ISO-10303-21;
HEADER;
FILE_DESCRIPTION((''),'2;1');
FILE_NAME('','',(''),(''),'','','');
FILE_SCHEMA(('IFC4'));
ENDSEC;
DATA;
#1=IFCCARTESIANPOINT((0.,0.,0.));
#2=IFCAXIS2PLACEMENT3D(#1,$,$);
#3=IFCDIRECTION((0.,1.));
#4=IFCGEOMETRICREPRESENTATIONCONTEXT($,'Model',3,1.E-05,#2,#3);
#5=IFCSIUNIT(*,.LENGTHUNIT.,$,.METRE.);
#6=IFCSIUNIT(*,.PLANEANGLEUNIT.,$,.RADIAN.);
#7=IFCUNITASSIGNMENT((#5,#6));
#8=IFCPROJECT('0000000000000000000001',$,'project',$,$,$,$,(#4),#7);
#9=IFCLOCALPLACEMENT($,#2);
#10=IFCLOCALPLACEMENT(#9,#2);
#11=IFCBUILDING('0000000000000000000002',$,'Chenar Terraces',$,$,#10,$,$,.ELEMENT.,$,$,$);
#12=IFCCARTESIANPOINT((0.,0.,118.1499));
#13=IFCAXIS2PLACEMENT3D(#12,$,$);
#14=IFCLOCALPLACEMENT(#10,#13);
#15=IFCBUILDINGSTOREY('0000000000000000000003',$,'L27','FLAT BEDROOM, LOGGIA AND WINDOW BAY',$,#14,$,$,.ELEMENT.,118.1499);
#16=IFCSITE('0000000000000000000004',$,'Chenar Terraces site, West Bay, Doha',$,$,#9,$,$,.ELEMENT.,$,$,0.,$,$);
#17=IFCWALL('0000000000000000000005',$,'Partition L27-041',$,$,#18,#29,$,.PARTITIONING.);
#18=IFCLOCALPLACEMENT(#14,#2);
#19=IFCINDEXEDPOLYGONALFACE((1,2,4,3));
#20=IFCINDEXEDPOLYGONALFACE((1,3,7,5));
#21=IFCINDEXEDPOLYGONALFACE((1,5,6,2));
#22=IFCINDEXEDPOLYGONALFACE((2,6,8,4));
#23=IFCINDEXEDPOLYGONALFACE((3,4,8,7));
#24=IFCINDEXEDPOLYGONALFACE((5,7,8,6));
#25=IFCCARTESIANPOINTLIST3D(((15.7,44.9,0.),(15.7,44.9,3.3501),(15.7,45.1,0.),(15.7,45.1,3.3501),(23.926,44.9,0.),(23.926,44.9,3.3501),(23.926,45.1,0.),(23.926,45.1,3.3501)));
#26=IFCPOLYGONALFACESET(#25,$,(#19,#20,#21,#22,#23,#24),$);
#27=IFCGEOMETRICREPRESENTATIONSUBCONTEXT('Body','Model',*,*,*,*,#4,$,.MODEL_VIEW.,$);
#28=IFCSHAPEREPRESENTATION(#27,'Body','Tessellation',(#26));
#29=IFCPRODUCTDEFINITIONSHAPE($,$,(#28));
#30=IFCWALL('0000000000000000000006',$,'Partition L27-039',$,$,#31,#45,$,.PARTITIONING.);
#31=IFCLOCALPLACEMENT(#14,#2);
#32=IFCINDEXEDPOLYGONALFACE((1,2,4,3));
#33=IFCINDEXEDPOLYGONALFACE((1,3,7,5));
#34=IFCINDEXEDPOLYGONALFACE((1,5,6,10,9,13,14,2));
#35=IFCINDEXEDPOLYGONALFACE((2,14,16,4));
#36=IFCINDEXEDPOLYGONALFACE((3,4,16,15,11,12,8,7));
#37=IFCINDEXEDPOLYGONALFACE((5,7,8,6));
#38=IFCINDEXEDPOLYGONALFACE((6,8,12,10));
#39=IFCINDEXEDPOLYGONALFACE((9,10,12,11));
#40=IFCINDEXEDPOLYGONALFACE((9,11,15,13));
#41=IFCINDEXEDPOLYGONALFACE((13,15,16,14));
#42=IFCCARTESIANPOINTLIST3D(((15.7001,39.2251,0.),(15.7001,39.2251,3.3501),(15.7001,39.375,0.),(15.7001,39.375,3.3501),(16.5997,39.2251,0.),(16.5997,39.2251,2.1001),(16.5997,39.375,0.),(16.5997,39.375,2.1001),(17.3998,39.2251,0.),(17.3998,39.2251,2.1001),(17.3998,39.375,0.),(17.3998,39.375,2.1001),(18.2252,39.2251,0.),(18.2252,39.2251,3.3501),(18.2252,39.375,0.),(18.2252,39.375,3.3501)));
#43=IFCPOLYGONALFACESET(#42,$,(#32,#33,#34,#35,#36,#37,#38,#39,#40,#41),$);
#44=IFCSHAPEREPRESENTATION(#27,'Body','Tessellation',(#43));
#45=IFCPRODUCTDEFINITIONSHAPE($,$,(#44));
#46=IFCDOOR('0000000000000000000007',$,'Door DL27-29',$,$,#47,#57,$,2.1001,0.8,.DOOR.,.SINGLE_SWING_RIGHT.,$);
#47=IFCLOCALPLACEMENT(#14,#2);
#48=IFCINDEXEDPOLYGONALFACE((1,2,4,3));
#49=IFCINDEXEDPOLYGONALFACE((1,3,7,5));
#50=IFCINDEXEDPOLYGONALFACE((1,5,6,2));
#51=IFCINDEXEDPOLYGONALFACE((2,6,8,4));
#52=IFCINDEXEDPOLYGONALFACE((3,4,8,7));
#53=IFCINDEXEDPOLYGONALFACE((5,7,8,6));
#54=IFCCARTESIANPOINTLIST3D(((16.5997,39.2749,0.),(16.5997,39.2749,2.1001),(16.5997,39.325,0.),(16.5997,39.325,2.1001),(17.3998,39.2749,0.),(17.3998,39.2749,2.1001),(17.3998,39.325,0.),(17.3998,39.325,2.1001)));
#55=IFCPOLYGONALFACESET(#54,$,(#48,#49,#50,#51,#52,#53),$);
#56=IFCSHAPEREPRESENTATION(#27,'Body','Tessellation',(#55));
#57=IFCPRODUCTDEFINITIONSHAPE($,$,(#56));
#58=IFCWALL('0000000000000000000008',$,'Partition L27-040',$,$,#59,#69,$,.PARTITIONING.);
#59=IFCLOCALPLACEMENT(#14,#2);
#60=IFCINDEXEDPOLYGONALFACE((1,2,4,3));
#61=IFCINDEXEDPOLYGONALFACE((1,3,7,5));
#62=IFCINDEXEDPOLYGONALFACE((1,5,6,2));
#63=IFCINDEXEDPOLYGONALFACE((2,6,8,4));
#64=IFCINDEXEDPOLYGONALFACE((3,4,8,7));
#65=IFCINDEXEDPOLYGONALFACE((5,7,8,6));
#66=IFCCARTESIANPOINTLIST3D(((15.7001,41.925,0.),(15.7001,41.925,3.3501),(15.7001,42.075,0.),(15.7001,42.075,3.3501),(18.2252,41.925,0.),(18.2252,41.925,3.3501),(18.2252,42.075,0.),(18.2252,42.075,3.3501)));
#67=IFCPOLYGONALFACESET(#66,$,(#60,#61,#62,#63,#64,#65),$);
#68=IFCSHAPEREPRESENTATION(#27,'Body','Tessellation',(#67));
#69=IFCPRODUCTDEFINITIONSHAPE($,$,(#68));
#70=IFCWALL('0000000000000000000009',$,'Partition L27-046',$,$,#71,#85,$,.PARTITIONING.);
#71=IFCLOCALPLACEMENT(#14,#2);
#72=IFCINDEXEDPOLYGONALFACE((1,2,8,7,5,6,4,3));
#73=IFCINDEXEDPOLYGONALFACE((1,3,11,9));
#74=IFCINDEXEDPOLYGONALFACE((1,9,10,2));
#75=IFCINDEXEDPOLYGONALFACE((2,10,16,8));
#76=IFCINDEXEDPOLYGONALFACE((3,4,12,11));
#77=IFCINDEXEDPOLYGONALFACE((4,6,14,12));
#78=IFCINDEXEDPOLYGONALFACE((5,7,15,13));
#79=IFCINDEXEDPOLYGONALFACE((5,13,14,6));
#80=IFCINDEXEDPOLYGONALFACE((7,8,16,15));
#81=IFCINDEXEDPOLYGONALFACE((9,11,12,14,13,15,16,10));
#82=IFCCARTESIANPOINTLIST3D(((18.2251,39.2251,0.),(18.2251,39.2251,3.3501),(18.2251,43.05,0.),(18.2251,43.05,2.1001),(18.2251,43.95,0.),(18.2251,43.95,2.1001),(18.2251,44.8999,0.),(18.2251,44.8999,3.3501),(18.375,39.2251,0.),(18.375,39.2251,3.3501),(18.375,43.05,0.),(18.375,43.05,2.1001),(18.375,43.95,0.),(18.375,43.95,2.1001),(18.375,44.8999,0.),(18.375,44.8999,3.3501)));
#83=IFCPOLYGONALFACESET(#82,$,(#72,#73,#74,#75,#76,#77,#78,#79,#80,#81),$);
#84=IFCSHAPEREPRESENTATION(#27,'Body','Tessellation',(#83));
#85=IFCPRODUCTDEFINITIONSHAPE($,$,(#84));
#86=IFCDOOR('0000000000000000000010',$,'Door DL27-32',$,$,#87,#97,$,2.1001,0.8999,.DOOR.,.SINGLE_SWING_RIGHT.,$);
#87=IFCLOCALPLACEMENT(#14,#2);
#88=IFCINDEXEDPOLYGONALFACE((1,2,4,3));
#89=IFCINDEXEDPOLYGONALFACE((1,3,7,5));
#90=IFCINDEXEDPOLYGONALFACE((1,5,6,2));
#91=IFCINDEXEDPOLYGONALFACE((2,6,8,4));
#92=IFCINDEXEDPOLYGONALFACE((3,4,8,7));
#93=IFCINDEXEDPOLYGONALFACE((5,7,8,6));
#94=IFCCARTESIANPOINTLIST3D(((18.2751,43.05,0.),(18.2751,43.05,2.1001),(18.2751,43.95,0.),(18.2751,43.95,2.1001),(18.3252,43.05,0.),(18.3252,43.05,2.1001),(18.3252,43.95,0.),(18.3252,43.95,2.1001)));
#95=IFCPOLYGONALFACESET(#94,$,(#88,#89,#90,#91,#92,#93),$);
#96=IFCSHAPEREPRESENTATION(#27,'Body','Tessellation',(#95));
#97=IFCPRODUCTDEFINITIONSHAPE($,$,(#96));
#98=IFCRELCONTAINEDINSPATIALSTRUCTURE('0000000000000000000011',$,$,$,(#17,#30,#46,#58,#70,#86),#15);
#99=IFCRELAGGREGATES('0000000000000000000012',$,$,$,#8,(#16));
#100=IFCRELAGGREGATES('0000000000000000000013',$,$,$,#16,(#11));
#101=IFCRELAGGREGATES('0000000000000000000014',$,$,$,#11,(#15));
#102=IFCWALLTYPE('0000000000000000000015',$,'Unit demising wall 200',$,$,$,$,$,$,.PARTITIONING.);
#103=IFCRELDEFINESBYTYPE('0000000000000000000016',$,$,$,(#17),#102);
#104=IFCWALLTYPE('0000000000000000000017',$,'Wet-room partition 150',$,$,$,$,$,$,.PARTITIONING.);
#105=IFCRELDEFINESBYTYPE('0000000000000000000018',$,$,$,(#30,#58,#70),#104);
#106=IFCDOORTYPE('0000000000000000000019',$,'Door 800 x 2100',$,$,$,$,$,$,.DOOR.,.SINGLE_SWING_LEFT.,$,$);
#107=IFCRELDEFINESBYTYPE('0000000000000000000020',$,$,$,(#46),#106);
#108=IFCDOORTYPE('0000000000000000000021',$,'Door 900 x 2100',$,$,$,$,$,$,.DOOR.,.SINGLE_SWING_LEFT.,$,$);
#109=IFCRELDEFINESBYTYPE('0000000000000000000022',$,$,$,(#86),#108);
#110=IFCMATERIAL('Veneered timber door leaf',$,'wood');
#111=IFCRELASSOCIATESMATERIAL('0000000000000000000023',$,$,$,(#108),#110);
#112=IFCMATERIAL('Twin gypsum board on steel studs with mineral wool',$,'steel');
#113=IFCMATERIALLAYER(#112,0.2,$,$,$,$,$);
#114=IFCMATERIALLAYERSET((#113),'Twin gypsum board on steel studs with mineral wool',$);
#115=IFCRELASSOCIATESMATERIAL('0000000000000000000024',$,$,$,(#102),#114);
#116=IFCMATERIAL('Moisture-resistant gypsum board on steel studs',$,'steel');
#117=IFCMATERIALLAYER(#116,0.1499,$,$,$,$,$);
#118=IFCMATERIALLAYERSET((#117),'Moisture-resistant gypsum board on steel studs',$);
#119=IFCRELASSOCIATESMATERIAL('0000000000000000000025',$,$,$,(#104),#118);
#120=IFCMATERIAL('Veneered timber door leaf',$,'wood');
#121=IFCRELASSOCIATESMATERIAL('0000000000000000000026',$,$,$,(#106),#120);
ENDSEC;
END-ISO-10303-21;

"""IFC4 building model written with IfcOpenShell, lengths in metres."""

from ifc_helpers import new_model, si_unit, direction, frame, frame_2d, origin, place, context, subcontext, project, spatial, rectangle, extrude, material, layer, layer_set, type_object, element, fill, save


model = new_model("IFC4")

# Units and contexts
model_context = context("Model", 3, precision=1e-05, world=origin(), true_north=direction((0.0, 1.0)))
body_context = subcontext(model_context, "Body", "Model", "MODEL_VIEW")
ifc_project = project(units=[si_unit("LENGTHUNIT", "METRE"), si_unit("PLANEANGLEUNIT", "RADIAN")], contexts=[model_context])

# Site, building, storey
site_placement = place(None, origin())
site = spatial("IfcSite", under=ifc_project, at=site_placement, Name="Chenar Terraces site, West Bay, Doha", CompositionType="ELEMENT", RefElevation=0.0)
building_placement = place(site_placement, origin())
building = spatial("IfcBuilding", under=site, at=building_placement, Name="Chenar Terraces", CompositionType="ELEMENT")
storey_placement = place(building_placement, frame((0.0, 0.0, 118.1499)))
storey = spatial("IfcBuildingStorey", under=building, at=storey_placement, Name="L27", Description="FLAT BEDROOM, LOGGIA AND WINDOW BAY", CompositionType="ELEMENT", Elevation=118.1499)

# Shared definitions
ifc_material_1 = material(Name="Veneered timber door leaf", Category="wood")
door_type_1 = type_object("IfcDoorType", Name="Door 900 x 2100", OperationType="SINGLE_SWING_LEFT", PredefinedType="DOOR", material=ifc_material_1)

# Wall
ifc_material_2 = material(Name="Twin gypsum board on steel studs with mineral wool", Category="steel")
ifc_layer_1 = layer(ifc_material_2, 0.2)
ifc_layer_set_1 = layer_set([ifc_layer_1], Name="Twin gypsum board on steel studs with mineral wool")
wall_type_1 = type_object("IfcWallType", Name="Unit demising wall 200", PredefinedType="PARTITIONING", material=ifc_layer_set_1)
wall_1_placement = place(storey_placement, frame((15.7, 45.0, 0.0), z_axis=(0.0, 0.0, 1.0), x_axis=(1.0, 0.0, 0.0)))
element("IfcWall", 1, at=wall_1_placement, inside=storey, type_object=wall_type_1, Name="Partition L27-041", PredefinedType="PARTITIONING", context=body_context, shape_type="SweptSolid", body=[
    extrude(rectangle(XDim=8.2261, YDim=0.2, at=frame_2d((4.113, 0.0))), origin(), (0.0, 0.0, 1.0), 3.3501),
])

# Wall, opening, door
ifc_material_3 = material(Name="Moisture-resistant gypsum board on steel studs", Category="steel")
ifc_layer_2 = layer(ifc_material_3, 0.1499)
ifc_layer_set_2 = layer_set([ifc_layer_2], Name="Moisture-resistant gypsum board on steel studs")
wall_type_2 = type_object("IfcWallType", Name="Wet-room partition 150", PredefinedType="PARTITIONING", material=ifc_layer_set_2)
wall_2_placement = place(storey_placement, frame((15.7, 39.3, 0.0), z_axis=(0.0, 0.0, 1.0), x_axis=(1.0, 0.0, 0.0)))
wall_2 = element("IfcWall", 2, at=wall_2_placement, inside=storey, type_object=wall_type_2, Name="Partition L27-039", PredefinedType="PARTITIONING", context=body_context, shape_type="SweptSolid", body=[
    extrude(rectangle(XDim=2.5251, YDim=0.1499, at=frame_2d((1.2627, 0.0))), origin(), (0.0, 0.0, 1.0), 3.3501),
])
opening_1_placement = place(wall_2_placement, frame((0.8999, 0.0, 0.0)))
opening_1 = element("IfcOpeningElement", 3, at=opening_1_placement, cuts=wall_2, PredefinedType="OPENING", context=body_context, shape_type="SweptSolid", body=[
    extrude(rectangle(XDim=0.8, YDim=2.1001, at=frame_2d((0.3999, 1.05))), frame((0.0, 0.085, 0.0), z_axis=(0.0, -1.0, 0.0), x_axis=(1.0, 0.0, 0.0)), (0.0, 0.0, 1.0), 0.1699),
])
ifc_material_4 = material(Name="Veneered timber door leaf", Category="wood")
door_type_2 = type_object("IfcDoorType", Name="Door 800 x 2100", OperationType="SINGLE_SWING_LEFT", PredefinedType="DOOR", material=ifc_material_4)
door_1_placement = place(opening_1_placement, origin())
door_1 = element("IfcDoor", 4, at=door_1_placement, inside=storey, type_object=door_type_2, Name="Door DL27-29", OperationType="SINGLE_SWING_RIGHT", OverallHeight=2.1001, OverallWidth=0.8, PredefinedType="DOOR", context=body_context, shape_type="SweptSolid", body=[
    extrude(rectangle(XDim=0.8, YDim=2.1001, at=frame_2d((0.3999, 1.05))), frame((0.0, 0.0249, 0.0), z_axis=(0.0, -1.0, 0.0), x_axis=(1.0, 0.0, 0.0)), (0.0, 0.0, 1.0), 0.05),
])
fill(opening_1, door_1)

# Wall
wall_3_placement = place(storey_placement, frame((15.7, 42.0, 0.0), z_axis=(0.0, 0.0, 1.0), x_axis=(1.0, 0.0, 0.0)))
element("IfcWall", 5, at=wall_3_placement, inside=storey, type_object=wall_type_2, Name="Partition L27-040", PredefinedType="PARTITIONING", context=body_context, shape_type="SweptSolid", body=[
    extrude(rectangle(XDim=2.5251, YDim=0.1499, at=frame_2d((1.2627, 0.0))), origin(), (0.0, 0.0, 1.0), 3.3501),
])

# Wall, opening, door
wall_4_placement = place(storey_placement, frame((18.3, 39.2251, 0.0), z_axis=(0.0, 0.0, 1.0), x_axis=(0.0, 1.0, 0.0)))
wall_4 = element("IfcWall", 6, at=wall_4_placement, inside=storey, type_object=wall_type_2, Name="Partition L27-046", PredefinedType="PARTITIONING", context=body_context, shape_type="SweptSolid", body=[
    extrude(rectangle(XDim=5.6748, YDim=0.1499, at=frame_2d((2.8374, 0.0))), origin(), (0.0, 0.0, 1.0), 3.3501),
])
opening_2_placement = place(wall_4_placement, frame((3.825, 0.0, 0.0)))
opening_2 = element("IfcOpeningElement", 7, at=opening_2_placement, cuts=wall_4, PredefinedType="OPENING", context=body_context, shape_type="SweptSolid", body=[
    extrude(rectangle(XDim=0.8999, YDim=2.1001, at=frame_2d((0.45, 1.05))), frame((0.0, 0.085, 0.0), z_axis=(0.0, -1.0, 0.0), x_axis=(1.0, 0.0, 0.0)), (0.0, 0.0, 1.0), 0.1699),
])
door_2_placement = place(opening_2_placement, origin())
door_2 = element("IfcDoor", 8, at=door_2_placement, inside=storey, type_object=door_type_1, Name="Door DL27-32", OperationType="SINGLE_SWING_RIGHT", OverallHeight=2.1001, OverallWidth=0.8999, PredefinedType="DOOR", context=body_context, shape_type="SweptSolid", body=[
    extrude(rectangle(XDim=0.8999, YDim=2.1001, at=frame_2d((0.45, 1.05))), frame((0.0, 0.0249, 0.0), z_axis=(0.0, -1.0, 0.0), x_axis=(1.0, 0.0, 0.0)), (0.0, 0.0, 1.0), 0.05),
])
fill(opening_2, door_2)

save(model, "model.ifc")
